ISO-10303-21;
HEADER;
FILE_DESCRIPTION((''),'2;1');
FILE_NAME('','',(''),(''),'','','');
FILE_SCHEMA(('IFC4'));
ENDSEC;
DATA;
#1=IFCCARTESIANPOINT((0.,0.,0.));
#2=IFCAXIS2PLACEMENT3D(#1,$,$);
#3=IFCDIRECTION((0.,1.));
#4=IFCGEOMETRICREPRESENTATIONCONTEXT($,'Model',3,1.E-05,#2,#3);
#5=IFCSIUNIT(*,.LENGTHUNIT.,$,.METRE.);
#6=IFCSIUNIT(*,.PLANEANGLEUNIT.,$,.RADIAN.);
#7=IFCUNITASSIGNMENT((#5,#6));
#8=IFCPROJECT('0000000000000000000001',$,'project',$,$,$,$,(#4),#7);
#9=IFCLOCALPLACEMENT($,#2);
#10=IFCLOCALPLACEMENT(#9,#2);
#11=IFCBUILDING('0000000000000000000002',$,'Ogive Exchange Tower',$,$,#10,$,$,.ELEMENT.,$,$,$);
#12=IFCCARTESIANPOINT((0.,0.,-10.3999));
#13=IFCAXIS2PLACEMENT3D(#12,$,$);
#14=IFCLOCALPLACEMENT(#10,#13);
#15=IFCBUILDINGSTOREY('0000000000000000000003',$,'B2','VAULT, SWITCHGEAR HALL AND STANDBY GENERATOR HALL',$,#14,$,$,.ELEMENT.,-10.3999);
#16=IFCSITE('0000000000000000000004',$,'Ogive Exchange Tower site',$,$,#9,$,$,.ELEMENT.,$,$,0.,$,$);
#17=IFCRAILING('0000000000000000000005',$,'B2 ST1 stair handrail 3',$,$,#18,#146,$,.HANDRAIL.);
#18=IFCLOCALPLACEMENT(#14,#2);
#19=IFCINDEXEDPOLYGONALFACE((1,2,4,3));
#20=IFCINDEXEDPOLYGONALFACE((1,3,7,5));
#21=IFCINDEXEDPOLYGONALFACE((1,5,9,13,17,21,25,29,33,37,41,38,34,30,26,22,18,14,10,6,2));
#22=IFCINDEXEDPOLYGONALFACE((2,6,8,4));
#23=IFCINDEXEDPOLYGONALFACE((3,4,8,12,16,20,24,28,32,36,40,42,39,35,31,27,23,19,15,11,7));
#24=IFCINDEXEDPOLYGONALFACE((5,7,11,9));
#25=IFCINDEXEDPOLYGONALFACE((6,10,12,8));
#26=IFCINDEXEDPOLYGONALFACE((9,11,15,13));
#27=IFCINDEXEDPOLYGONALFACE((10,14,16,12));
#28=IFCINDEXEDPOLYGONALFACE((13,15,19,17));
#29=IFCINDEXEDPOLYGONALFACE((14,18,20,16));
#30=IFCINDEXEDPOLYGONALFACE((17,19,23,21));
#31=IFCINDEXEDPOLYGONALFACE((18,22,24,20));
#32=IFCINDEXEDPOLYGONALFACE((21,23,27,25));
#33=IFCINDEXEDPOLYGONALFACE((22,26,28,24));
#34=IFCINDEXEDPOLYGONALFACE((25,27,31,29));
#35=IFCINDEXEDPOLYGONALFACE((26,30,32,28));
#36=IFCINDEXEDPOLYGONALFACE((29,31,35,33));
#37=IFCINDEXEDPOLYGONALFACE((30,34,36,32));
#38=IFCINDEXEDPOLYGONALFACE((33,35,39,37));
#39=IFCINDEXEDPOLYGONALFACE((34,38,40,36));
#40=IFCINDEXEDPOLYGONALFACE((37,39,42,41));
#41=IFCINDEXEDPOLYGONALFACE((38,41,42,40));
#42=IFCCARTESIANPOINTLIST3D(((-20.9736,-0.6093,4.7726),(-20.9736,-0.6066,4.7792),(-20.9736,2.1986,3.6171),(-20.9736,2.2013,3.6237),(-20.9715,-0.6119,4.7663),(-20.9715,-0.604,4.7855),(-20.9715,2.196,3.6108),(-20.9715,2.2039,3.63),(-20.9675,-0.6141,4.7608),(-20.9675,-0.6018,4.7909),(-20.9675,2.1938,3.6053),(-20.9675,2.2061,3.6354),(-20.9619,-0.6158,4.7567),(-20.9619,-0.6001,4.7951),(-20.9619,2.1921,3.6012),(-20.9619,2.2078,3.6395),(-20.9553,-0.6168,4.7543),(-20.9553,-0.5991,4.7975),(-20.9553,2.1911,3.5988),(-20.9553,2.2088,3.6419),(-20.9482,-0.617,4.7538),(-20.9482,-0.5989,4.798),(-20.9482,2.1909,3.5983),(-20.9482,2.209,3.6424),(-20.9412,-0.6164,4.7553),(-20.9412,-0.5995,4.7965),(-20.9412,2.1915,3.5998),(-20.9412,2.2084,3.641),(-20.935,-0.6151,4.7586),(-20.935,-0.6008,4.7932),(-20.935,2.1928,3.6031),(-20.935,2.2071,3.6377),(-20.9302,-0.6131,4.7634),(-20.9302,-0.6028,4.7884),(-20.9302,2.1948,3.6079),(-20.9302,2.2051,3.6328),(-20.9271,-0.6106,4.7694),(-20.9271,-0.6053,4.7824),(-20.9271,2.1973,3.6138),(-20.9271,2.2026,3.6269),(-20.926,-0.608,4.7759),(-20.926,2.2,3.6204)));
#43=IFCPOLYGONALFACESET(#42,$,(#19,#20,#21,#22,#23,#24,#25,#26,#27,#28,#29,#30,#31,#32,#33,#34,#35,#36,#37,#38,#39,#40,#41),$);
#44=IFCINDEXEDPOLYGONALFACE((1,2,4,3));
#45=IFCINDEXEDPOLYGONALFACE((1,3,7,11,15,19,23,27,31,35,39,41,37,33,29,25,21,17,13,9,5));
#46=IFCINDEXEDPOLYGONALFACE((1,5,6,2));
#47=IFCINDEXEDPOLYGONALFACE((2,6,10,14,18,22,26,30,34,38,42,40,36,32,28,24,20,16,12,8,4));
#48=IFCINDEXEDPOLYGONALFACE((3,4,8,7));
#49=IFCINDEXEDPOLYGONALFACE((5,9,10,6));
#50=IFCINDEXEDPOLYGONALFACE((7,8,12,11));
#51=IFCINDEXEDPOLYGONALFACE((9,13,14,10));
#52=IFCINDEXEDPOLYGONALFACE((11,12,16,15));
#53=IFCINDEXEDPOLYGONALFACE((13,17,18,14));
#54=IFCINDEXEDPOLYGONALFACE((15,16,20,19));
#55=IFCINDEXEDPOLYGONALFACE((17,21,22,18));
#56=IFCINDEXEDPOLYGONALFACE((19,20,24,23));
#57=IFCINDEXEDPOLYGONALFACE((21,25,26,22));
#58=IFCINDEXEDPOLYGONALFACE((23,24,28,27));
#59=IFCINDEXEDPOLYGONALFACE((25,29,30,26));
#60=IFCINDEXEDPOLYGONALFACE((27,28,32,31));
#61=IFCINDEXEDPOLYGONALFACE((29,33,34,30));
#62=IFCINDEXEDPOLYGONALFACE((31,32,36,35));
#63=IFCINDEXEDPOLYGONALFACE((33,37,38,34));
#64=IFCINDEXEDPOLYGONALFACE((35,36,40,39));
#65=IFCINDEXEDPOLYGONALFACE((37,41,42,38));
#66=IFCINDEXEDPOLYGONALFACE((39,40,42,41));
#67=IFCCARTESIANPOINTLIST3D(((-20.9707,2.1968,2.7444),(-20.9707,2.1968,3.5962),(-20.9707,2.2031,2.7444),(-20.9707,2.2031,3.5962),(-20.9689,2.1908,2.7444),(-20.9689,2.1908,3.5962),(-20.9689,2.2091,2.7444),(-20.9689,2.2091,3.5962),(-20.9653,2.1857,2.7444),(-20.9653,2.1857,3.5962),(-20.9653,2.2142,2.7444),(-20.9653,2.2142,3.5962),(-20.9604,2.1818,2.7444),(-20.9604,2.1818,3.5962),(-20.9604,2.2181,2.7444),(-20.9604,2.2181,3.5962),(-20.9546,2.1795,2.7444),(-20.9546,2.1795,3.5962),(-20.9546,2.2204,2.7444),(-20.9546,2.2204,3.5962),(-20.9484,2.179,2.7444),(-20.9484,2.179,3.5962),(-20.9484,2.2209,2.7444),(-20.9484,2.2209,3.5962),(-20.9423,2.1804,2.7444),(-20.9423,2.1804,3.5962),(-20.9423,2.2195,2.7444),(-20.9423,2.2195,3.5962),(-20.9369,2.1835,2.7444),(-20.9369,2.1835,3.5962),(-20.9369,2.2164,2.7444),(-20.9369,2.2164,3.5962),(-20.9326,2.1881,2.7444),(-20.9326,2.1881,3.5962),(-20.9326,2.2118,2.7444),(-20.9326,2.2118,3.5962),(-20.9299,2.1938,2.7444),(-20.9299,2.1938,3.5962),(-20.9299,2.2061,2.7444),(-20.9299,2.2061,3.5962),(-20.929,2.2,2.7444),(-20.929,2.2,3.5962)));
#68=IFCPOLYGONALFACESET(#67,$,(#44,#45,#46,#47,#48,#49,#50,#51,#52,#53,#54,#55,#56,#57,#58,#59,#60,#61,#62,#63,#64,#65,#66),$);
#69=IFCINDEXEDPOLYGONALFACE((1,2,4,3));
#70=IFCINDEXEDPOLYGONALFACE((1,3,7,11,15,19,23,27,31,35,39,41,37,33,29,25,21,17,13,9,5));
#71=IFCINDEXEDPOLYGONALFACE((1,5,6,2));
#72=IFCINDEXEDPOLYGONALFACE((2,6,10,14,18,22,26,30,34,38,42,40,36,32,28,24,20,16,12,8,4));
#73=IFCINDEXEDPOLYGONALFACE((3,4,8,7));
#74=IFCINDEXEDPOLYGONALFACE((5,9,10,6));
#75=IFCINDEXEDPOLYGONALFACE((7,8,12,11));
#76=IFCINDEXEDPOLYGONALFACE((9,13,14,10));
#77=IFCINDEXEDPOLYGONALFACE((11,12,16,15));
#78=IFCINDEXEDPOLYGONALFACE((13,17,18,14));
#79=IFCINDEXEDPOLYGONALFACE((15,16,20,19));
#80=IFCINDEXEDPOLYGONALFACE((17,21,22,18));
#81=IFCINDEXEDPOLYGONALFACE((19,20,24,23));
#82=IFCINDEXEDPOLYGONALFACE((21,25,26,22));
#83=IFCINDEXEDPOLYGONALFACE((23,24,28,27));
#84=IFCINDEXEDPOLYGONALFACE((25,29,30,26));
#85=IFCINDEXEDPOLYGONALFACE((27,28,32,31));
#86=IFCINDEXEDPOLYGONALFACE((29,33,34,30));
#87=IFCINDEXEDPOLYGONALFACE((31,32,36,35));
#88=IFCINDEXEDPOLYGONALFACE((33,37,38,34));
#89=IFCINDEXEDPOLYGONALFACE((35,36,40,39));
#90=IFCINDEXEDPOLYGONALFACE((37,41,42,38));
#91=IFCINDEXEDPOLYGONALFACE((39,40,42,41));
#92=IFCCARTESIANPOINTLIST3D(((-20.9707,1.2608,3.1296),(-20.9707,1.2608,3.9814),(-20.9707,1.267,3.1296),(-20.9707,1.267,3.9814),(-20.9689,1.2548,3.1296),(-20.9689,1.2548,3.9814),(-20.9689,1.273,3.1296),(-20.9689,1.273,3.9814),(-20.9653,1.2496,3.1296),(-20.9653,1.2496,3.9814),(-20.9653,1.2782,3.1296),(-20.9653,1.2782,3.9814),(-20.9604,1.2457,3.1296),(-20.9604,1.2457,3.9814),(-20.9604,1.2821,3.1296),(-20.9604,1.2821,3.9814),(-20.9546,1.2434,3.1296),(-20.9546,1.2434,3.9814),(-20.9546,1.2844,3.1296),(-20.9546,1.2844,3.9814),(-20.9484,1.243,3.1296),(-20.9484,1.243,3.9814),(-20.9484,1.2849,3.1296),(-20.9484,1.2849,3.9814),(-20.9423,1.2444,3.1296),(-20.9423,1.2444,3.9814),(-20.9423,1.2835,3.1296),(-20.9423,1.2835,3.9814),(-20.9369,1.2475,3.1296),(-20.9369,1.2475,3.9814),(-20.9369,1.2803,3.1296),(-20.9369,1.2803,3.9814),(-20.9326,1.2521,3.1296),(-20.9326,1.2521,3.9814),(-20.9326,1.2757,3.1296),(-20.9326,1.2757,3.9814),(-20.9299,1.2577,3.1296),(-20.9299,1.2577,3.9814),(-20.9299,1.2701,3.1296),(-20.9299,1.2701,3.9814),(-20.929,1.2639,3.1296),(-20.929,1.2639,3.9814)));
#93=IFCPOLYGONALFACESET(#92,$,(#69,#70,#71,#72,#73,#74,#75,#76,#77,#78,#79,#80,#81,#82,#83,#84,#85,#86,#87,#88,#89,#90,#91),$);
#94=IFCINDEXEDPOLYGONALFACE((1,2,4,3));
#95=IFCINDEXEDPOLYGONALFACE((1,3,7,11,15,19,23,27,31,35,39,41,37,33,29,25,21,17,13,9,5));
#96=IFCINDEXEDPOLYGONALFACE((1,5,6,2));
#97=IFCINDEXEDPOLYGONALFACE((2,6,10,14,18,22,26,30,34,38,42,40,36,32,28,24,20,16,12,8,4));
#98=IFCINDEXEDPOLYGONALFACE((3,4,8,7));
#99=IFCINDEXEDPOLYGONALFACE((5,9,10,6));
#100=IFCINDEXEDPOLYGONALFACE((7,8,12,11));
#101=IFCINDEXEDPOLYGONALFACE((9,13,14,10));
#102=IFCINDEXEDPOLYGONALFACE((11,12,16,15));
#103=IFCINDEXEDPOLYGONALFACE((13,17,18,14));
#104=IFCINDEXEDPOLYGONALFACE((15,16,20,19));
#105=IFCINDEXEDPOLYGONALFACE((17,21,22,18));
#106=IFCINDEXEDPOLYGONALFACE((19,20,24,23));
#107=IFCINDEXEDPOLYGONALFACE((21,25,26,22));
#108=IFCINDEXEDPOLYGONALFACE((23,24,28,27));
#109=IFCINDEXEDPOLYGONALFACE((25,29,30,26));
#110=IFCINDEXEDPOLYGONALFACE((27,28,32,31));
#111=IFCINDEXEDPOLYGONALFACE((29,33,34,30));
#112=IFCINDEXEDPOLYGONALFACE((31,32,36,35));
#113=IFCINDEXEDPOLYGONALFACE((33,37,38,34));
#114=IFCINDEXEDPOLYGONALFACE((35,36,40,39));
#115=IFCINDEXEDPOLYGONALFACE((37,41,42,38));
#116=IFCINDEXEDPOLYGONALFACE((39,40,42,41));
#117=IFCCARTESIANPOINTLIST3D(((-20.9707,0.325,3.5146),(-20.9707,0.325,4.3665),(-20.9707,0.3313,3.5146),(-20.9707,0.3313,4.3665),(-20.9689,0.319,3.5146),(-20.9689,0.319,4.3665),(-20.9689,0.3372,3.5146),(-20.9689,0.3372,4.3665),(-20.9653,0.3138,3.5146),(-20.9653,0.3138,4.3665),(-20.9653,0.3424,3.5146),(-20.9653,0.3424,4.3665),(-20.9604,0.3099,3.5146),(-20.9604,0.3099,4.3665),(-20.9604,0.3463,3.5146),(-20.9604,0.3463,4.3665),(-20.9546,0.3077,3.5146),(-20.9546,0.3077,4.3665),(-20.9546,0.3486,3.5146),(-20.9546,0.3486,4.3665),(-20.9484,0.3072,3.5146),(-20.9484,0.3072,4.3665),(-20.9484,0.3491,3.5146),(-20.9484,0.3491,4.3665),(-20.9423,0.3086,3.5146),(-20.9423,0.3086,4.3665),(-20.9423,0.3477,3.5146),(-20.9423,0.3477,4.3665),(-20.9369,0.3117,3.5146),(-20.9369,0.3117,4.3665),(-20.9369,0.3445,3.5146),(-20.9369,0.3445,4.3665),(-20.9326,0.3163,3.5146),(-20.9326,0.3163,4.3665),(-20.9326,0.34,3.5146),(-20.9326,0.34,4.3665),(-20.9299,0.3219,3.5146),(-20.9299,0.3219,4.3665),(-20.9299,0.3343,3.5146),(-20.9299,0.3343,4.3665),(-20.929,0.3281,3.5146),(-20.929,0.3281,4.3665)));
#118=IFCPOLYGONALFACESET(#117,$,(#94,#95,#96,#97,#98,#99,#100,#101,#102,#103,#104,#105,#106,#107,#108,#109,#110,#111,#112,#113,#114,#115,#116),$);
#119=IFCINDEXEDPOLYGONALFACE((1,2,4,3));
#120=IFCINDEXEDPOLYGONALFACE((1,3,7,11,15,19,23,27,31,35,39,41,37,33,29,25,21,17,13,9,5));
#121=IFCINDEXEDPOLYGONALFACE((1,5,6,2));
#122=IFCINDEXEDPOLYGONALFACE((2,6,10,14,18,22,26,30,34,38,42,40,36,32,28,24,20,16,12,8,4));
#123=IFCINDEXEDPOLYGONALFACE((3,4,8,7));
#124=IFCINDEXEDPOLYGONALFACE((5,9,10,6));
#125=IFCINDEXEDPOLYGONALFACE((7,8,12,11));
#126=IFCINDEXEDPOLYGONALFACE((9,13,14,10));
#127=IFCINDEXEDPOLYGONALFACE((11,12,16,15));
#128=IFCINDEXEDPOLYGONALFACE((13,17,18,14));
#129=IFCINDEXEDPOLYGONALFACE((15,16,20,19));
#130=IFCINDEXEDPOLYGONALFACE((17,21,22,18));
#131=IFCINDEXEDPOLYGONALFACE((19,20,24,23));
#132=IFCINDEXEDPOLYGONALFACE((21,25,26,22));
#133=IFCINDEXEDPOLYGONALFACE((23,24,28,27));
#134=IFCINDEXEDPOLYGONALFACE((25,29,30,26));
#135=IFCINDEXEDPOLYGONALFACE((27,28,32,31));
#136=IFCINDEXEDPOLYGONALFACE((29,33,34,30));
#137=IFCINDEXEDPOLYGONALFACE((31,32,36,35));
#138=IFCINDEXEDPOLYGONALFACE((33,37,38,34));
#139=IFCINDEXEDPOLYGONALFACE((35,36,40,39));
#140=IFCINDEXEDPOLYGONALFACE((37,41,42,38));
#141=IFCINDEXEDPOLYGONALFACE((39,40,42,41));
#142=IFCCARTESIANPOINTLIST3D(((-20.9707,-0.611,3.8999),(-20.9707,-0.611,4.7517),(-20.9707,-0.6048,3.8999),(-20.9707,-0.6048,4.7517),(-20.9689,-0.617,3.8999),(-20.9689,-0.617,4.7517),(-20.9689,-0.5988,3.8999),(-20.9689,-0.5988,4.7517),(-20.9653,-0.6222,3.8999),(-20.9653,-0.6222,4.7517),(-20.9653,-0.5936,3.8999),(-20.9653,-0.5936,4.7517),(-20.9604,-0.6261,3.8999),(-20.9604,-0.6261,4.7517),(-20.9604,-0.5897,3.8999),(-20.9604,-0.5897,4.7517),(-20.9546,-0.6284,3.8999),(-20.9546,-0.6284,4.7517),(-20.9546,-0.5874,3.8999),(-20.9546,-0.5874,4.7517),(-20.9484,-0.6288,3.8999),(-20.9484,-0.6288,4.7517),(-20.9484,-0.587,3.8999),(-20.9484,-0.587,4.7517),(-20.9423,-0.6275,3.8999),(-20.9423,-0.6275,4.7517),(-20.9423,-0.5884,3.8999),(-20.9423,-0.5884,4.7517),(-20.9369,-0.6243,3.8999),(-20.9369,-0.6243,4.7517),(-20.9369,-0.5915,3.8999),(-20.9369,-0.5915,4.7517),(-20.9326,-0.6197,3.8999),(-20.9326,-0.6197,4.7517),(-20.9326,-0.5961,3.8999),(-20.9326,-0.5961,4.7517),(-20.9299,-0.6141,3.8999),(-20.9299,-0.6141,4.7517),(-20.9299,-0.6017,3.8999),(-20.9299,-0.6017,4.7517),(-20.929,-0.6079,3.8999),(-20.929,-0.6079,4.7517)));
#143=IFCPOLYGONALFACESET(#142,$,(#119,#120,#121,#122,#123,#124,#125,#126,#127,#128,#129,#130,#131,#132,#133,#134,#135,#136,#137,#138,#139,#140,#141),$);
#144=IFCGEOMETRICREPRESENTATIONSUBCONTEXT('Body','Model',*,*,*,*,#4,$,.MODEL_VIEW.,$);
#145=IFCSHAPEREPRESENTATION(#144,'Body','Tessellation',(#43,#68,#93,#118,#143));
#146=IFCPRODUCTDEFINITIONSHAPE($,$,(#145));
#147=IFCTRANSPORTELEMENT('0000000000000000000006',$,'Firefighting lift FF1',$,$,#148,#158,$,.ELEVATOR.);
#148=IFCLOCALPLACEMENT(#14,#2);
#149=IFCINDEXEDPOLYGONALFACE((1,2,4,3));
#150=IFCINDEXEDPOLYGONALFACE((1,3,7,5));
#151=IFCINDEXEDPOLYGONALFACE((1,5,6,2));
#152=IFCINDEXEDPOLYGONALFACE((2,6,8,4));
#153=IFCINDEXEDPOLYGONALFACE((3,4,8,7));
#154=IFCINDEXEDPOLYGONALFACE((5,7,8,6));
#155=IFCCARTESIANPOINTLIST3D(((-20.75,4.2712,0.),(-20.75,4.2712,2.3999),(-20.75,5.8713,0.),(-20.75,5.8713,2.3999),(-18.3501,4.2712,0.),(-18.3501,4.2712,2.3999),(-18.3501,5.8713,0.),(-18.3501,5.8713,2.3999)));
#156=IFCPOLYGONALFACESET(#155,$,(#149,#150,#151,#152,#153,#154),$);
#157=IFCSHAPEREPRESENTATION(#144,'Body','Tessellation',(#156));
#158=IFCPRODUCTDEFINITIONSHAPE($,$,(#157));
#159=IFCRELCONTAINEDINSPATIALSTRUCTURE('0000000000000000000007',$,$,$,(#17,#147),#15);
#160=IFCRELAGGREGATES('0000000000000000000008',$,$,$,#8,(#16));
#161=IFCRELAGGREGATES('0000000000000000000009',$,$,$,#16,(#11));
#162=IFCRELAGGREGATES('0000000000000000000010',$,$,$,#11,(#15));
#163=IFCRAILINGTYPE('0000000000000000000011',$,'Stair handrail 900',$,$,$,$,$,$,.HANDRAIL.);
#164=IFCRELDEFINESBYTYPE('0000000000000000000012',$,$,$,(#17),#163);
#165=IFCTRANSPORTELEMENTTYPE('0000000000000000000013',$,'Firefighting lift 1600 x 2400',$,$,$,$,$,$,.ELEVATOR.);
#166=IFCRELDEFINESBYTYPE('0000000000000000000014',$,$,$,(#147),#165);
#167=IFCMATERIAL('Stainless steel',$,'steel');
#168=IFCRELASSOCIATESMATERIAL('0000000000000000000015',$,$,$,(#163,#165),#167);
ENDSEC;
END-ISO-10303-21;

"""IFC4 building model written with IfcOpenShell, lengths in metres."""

from ifc_helpers import new_model, si_unit, direction, frame, origin, origin_2d, place, context, subcontext, project, spatial, rectangle, circle, extrude, material, type_object, element, save


model = new_model("IFC4")

# Units and contexts
model_context = context("Model", 3, precision=1e-05, world=origin(), true_north=direction((0.0, 1.0)))
body_context = subcontext(model_context, "Body", "Model", "MODEL_VIEW")
ifc_project = project(units=[si_unit("LENGTHUNIT", "METRE"), si_unit("PLANEANGLEUNIT", "RADIAN")], contexts=[model_context])

# Site, building, storey
site_placement = place(None, origin())
site = spatial("IfcSite", under=ifc_project, at=site_placement, Name="Ogive Exchange Tower site", CompositionType="ELEMENT", RefElevation=0.0)
building_placement = place(site_placement, origin())
building = spatial("IfcBuilding", under=site, at=building_placement, Name="Ogive Exchange Tower", CompositionType="ELEMENT")
storey_placement = place(building_placement, frame((0.0, 0.0, -10.3999)))
storey = spatial("IfcBuildingStorey", under=building, at=storey_placement, Name="B2", Description="VAULT, SWITCHGEAR HALL AND STANDBY GENERATOR HALL", CompositionType="ELEMENT", Elevation=-10.3999)

# Railing
ifc_material_1 = material(Name="Stainless steel", Category="steel")
railing_type = type_object("IfcRailingType", Name="Stair handrail 900", PredefinedType="HANDRAIL", material=ifc_material_1)
for number, where, name in (
    (1, (-20.95, 2.2, 2.7444), "B2 ST1 stair handrail 3"),
):
    element("IfcRailing", number, at=place(storey_placement, frame(where)), inside=storey, type_object=railing_type, Name=name, PredefinedType="HANDRAIL", context=body_context, shape_type="SweptSolid", body=[
        extrude(circle(Radius=0.0239, at=origin_2d()), frame((0.0, 0.0, 0.876), z_axis=(0.0, -0.924755, 0.380564), x_axis=(1.0, 0.0, 0.0)), (0.0, 0.0, 1.0), 3.0364),
        extrude(circle(Radius=0.021, at=origin_2d()), origin(), (0.0, 0.0, 1.0), 0.8518),
        extrude(circle(Radius=0.021, at=origin_2d()), frame((0.0, -0.936, 0.3853)), (0.0, 0.0, 1.0), 0.8518),
        extrude(circle(Radius=0.021, at=origin_2d()), frame((0.0, -1.8718, 0.7703)), (0.0, 0.0, 1.0), 0.8518),
        extrude(circle(Radius=0.021, at=origin_2d()), frame((0.0, -2.8079, 1.1555)), (0.0, 0.0, 1.0), 0.8518),
    ])

# Transport element
transport_element_type = type_object("IfcTransportElementType", Name="Firefighting lift 1600 x 2400", PredefinedType="ELEVATOR", material=ifc_material_1)
transport_element_placement = place(storey_placement, frame((-19.55, 5.0713, 0.0), z_axis=(0.0, 0.0, 1.0), x_axis=(1.0, 0.0, 0.0)))
element("IfcTransportElement", 2, at=transport_element_placement, inside=storey, type_object=transport_element_type, Name="Firefighting lift FF1", PredefinedType="ELEVATOR", context=body_context, shape_type="SweptSolid", body=[
    extrude(rectangle(XDim=2.3999, YDim=1.6001, at=origin_2d()), origin(), (0.0, 0.0, 1.0), 2.3999),
])

save(model, "model.ifc")
